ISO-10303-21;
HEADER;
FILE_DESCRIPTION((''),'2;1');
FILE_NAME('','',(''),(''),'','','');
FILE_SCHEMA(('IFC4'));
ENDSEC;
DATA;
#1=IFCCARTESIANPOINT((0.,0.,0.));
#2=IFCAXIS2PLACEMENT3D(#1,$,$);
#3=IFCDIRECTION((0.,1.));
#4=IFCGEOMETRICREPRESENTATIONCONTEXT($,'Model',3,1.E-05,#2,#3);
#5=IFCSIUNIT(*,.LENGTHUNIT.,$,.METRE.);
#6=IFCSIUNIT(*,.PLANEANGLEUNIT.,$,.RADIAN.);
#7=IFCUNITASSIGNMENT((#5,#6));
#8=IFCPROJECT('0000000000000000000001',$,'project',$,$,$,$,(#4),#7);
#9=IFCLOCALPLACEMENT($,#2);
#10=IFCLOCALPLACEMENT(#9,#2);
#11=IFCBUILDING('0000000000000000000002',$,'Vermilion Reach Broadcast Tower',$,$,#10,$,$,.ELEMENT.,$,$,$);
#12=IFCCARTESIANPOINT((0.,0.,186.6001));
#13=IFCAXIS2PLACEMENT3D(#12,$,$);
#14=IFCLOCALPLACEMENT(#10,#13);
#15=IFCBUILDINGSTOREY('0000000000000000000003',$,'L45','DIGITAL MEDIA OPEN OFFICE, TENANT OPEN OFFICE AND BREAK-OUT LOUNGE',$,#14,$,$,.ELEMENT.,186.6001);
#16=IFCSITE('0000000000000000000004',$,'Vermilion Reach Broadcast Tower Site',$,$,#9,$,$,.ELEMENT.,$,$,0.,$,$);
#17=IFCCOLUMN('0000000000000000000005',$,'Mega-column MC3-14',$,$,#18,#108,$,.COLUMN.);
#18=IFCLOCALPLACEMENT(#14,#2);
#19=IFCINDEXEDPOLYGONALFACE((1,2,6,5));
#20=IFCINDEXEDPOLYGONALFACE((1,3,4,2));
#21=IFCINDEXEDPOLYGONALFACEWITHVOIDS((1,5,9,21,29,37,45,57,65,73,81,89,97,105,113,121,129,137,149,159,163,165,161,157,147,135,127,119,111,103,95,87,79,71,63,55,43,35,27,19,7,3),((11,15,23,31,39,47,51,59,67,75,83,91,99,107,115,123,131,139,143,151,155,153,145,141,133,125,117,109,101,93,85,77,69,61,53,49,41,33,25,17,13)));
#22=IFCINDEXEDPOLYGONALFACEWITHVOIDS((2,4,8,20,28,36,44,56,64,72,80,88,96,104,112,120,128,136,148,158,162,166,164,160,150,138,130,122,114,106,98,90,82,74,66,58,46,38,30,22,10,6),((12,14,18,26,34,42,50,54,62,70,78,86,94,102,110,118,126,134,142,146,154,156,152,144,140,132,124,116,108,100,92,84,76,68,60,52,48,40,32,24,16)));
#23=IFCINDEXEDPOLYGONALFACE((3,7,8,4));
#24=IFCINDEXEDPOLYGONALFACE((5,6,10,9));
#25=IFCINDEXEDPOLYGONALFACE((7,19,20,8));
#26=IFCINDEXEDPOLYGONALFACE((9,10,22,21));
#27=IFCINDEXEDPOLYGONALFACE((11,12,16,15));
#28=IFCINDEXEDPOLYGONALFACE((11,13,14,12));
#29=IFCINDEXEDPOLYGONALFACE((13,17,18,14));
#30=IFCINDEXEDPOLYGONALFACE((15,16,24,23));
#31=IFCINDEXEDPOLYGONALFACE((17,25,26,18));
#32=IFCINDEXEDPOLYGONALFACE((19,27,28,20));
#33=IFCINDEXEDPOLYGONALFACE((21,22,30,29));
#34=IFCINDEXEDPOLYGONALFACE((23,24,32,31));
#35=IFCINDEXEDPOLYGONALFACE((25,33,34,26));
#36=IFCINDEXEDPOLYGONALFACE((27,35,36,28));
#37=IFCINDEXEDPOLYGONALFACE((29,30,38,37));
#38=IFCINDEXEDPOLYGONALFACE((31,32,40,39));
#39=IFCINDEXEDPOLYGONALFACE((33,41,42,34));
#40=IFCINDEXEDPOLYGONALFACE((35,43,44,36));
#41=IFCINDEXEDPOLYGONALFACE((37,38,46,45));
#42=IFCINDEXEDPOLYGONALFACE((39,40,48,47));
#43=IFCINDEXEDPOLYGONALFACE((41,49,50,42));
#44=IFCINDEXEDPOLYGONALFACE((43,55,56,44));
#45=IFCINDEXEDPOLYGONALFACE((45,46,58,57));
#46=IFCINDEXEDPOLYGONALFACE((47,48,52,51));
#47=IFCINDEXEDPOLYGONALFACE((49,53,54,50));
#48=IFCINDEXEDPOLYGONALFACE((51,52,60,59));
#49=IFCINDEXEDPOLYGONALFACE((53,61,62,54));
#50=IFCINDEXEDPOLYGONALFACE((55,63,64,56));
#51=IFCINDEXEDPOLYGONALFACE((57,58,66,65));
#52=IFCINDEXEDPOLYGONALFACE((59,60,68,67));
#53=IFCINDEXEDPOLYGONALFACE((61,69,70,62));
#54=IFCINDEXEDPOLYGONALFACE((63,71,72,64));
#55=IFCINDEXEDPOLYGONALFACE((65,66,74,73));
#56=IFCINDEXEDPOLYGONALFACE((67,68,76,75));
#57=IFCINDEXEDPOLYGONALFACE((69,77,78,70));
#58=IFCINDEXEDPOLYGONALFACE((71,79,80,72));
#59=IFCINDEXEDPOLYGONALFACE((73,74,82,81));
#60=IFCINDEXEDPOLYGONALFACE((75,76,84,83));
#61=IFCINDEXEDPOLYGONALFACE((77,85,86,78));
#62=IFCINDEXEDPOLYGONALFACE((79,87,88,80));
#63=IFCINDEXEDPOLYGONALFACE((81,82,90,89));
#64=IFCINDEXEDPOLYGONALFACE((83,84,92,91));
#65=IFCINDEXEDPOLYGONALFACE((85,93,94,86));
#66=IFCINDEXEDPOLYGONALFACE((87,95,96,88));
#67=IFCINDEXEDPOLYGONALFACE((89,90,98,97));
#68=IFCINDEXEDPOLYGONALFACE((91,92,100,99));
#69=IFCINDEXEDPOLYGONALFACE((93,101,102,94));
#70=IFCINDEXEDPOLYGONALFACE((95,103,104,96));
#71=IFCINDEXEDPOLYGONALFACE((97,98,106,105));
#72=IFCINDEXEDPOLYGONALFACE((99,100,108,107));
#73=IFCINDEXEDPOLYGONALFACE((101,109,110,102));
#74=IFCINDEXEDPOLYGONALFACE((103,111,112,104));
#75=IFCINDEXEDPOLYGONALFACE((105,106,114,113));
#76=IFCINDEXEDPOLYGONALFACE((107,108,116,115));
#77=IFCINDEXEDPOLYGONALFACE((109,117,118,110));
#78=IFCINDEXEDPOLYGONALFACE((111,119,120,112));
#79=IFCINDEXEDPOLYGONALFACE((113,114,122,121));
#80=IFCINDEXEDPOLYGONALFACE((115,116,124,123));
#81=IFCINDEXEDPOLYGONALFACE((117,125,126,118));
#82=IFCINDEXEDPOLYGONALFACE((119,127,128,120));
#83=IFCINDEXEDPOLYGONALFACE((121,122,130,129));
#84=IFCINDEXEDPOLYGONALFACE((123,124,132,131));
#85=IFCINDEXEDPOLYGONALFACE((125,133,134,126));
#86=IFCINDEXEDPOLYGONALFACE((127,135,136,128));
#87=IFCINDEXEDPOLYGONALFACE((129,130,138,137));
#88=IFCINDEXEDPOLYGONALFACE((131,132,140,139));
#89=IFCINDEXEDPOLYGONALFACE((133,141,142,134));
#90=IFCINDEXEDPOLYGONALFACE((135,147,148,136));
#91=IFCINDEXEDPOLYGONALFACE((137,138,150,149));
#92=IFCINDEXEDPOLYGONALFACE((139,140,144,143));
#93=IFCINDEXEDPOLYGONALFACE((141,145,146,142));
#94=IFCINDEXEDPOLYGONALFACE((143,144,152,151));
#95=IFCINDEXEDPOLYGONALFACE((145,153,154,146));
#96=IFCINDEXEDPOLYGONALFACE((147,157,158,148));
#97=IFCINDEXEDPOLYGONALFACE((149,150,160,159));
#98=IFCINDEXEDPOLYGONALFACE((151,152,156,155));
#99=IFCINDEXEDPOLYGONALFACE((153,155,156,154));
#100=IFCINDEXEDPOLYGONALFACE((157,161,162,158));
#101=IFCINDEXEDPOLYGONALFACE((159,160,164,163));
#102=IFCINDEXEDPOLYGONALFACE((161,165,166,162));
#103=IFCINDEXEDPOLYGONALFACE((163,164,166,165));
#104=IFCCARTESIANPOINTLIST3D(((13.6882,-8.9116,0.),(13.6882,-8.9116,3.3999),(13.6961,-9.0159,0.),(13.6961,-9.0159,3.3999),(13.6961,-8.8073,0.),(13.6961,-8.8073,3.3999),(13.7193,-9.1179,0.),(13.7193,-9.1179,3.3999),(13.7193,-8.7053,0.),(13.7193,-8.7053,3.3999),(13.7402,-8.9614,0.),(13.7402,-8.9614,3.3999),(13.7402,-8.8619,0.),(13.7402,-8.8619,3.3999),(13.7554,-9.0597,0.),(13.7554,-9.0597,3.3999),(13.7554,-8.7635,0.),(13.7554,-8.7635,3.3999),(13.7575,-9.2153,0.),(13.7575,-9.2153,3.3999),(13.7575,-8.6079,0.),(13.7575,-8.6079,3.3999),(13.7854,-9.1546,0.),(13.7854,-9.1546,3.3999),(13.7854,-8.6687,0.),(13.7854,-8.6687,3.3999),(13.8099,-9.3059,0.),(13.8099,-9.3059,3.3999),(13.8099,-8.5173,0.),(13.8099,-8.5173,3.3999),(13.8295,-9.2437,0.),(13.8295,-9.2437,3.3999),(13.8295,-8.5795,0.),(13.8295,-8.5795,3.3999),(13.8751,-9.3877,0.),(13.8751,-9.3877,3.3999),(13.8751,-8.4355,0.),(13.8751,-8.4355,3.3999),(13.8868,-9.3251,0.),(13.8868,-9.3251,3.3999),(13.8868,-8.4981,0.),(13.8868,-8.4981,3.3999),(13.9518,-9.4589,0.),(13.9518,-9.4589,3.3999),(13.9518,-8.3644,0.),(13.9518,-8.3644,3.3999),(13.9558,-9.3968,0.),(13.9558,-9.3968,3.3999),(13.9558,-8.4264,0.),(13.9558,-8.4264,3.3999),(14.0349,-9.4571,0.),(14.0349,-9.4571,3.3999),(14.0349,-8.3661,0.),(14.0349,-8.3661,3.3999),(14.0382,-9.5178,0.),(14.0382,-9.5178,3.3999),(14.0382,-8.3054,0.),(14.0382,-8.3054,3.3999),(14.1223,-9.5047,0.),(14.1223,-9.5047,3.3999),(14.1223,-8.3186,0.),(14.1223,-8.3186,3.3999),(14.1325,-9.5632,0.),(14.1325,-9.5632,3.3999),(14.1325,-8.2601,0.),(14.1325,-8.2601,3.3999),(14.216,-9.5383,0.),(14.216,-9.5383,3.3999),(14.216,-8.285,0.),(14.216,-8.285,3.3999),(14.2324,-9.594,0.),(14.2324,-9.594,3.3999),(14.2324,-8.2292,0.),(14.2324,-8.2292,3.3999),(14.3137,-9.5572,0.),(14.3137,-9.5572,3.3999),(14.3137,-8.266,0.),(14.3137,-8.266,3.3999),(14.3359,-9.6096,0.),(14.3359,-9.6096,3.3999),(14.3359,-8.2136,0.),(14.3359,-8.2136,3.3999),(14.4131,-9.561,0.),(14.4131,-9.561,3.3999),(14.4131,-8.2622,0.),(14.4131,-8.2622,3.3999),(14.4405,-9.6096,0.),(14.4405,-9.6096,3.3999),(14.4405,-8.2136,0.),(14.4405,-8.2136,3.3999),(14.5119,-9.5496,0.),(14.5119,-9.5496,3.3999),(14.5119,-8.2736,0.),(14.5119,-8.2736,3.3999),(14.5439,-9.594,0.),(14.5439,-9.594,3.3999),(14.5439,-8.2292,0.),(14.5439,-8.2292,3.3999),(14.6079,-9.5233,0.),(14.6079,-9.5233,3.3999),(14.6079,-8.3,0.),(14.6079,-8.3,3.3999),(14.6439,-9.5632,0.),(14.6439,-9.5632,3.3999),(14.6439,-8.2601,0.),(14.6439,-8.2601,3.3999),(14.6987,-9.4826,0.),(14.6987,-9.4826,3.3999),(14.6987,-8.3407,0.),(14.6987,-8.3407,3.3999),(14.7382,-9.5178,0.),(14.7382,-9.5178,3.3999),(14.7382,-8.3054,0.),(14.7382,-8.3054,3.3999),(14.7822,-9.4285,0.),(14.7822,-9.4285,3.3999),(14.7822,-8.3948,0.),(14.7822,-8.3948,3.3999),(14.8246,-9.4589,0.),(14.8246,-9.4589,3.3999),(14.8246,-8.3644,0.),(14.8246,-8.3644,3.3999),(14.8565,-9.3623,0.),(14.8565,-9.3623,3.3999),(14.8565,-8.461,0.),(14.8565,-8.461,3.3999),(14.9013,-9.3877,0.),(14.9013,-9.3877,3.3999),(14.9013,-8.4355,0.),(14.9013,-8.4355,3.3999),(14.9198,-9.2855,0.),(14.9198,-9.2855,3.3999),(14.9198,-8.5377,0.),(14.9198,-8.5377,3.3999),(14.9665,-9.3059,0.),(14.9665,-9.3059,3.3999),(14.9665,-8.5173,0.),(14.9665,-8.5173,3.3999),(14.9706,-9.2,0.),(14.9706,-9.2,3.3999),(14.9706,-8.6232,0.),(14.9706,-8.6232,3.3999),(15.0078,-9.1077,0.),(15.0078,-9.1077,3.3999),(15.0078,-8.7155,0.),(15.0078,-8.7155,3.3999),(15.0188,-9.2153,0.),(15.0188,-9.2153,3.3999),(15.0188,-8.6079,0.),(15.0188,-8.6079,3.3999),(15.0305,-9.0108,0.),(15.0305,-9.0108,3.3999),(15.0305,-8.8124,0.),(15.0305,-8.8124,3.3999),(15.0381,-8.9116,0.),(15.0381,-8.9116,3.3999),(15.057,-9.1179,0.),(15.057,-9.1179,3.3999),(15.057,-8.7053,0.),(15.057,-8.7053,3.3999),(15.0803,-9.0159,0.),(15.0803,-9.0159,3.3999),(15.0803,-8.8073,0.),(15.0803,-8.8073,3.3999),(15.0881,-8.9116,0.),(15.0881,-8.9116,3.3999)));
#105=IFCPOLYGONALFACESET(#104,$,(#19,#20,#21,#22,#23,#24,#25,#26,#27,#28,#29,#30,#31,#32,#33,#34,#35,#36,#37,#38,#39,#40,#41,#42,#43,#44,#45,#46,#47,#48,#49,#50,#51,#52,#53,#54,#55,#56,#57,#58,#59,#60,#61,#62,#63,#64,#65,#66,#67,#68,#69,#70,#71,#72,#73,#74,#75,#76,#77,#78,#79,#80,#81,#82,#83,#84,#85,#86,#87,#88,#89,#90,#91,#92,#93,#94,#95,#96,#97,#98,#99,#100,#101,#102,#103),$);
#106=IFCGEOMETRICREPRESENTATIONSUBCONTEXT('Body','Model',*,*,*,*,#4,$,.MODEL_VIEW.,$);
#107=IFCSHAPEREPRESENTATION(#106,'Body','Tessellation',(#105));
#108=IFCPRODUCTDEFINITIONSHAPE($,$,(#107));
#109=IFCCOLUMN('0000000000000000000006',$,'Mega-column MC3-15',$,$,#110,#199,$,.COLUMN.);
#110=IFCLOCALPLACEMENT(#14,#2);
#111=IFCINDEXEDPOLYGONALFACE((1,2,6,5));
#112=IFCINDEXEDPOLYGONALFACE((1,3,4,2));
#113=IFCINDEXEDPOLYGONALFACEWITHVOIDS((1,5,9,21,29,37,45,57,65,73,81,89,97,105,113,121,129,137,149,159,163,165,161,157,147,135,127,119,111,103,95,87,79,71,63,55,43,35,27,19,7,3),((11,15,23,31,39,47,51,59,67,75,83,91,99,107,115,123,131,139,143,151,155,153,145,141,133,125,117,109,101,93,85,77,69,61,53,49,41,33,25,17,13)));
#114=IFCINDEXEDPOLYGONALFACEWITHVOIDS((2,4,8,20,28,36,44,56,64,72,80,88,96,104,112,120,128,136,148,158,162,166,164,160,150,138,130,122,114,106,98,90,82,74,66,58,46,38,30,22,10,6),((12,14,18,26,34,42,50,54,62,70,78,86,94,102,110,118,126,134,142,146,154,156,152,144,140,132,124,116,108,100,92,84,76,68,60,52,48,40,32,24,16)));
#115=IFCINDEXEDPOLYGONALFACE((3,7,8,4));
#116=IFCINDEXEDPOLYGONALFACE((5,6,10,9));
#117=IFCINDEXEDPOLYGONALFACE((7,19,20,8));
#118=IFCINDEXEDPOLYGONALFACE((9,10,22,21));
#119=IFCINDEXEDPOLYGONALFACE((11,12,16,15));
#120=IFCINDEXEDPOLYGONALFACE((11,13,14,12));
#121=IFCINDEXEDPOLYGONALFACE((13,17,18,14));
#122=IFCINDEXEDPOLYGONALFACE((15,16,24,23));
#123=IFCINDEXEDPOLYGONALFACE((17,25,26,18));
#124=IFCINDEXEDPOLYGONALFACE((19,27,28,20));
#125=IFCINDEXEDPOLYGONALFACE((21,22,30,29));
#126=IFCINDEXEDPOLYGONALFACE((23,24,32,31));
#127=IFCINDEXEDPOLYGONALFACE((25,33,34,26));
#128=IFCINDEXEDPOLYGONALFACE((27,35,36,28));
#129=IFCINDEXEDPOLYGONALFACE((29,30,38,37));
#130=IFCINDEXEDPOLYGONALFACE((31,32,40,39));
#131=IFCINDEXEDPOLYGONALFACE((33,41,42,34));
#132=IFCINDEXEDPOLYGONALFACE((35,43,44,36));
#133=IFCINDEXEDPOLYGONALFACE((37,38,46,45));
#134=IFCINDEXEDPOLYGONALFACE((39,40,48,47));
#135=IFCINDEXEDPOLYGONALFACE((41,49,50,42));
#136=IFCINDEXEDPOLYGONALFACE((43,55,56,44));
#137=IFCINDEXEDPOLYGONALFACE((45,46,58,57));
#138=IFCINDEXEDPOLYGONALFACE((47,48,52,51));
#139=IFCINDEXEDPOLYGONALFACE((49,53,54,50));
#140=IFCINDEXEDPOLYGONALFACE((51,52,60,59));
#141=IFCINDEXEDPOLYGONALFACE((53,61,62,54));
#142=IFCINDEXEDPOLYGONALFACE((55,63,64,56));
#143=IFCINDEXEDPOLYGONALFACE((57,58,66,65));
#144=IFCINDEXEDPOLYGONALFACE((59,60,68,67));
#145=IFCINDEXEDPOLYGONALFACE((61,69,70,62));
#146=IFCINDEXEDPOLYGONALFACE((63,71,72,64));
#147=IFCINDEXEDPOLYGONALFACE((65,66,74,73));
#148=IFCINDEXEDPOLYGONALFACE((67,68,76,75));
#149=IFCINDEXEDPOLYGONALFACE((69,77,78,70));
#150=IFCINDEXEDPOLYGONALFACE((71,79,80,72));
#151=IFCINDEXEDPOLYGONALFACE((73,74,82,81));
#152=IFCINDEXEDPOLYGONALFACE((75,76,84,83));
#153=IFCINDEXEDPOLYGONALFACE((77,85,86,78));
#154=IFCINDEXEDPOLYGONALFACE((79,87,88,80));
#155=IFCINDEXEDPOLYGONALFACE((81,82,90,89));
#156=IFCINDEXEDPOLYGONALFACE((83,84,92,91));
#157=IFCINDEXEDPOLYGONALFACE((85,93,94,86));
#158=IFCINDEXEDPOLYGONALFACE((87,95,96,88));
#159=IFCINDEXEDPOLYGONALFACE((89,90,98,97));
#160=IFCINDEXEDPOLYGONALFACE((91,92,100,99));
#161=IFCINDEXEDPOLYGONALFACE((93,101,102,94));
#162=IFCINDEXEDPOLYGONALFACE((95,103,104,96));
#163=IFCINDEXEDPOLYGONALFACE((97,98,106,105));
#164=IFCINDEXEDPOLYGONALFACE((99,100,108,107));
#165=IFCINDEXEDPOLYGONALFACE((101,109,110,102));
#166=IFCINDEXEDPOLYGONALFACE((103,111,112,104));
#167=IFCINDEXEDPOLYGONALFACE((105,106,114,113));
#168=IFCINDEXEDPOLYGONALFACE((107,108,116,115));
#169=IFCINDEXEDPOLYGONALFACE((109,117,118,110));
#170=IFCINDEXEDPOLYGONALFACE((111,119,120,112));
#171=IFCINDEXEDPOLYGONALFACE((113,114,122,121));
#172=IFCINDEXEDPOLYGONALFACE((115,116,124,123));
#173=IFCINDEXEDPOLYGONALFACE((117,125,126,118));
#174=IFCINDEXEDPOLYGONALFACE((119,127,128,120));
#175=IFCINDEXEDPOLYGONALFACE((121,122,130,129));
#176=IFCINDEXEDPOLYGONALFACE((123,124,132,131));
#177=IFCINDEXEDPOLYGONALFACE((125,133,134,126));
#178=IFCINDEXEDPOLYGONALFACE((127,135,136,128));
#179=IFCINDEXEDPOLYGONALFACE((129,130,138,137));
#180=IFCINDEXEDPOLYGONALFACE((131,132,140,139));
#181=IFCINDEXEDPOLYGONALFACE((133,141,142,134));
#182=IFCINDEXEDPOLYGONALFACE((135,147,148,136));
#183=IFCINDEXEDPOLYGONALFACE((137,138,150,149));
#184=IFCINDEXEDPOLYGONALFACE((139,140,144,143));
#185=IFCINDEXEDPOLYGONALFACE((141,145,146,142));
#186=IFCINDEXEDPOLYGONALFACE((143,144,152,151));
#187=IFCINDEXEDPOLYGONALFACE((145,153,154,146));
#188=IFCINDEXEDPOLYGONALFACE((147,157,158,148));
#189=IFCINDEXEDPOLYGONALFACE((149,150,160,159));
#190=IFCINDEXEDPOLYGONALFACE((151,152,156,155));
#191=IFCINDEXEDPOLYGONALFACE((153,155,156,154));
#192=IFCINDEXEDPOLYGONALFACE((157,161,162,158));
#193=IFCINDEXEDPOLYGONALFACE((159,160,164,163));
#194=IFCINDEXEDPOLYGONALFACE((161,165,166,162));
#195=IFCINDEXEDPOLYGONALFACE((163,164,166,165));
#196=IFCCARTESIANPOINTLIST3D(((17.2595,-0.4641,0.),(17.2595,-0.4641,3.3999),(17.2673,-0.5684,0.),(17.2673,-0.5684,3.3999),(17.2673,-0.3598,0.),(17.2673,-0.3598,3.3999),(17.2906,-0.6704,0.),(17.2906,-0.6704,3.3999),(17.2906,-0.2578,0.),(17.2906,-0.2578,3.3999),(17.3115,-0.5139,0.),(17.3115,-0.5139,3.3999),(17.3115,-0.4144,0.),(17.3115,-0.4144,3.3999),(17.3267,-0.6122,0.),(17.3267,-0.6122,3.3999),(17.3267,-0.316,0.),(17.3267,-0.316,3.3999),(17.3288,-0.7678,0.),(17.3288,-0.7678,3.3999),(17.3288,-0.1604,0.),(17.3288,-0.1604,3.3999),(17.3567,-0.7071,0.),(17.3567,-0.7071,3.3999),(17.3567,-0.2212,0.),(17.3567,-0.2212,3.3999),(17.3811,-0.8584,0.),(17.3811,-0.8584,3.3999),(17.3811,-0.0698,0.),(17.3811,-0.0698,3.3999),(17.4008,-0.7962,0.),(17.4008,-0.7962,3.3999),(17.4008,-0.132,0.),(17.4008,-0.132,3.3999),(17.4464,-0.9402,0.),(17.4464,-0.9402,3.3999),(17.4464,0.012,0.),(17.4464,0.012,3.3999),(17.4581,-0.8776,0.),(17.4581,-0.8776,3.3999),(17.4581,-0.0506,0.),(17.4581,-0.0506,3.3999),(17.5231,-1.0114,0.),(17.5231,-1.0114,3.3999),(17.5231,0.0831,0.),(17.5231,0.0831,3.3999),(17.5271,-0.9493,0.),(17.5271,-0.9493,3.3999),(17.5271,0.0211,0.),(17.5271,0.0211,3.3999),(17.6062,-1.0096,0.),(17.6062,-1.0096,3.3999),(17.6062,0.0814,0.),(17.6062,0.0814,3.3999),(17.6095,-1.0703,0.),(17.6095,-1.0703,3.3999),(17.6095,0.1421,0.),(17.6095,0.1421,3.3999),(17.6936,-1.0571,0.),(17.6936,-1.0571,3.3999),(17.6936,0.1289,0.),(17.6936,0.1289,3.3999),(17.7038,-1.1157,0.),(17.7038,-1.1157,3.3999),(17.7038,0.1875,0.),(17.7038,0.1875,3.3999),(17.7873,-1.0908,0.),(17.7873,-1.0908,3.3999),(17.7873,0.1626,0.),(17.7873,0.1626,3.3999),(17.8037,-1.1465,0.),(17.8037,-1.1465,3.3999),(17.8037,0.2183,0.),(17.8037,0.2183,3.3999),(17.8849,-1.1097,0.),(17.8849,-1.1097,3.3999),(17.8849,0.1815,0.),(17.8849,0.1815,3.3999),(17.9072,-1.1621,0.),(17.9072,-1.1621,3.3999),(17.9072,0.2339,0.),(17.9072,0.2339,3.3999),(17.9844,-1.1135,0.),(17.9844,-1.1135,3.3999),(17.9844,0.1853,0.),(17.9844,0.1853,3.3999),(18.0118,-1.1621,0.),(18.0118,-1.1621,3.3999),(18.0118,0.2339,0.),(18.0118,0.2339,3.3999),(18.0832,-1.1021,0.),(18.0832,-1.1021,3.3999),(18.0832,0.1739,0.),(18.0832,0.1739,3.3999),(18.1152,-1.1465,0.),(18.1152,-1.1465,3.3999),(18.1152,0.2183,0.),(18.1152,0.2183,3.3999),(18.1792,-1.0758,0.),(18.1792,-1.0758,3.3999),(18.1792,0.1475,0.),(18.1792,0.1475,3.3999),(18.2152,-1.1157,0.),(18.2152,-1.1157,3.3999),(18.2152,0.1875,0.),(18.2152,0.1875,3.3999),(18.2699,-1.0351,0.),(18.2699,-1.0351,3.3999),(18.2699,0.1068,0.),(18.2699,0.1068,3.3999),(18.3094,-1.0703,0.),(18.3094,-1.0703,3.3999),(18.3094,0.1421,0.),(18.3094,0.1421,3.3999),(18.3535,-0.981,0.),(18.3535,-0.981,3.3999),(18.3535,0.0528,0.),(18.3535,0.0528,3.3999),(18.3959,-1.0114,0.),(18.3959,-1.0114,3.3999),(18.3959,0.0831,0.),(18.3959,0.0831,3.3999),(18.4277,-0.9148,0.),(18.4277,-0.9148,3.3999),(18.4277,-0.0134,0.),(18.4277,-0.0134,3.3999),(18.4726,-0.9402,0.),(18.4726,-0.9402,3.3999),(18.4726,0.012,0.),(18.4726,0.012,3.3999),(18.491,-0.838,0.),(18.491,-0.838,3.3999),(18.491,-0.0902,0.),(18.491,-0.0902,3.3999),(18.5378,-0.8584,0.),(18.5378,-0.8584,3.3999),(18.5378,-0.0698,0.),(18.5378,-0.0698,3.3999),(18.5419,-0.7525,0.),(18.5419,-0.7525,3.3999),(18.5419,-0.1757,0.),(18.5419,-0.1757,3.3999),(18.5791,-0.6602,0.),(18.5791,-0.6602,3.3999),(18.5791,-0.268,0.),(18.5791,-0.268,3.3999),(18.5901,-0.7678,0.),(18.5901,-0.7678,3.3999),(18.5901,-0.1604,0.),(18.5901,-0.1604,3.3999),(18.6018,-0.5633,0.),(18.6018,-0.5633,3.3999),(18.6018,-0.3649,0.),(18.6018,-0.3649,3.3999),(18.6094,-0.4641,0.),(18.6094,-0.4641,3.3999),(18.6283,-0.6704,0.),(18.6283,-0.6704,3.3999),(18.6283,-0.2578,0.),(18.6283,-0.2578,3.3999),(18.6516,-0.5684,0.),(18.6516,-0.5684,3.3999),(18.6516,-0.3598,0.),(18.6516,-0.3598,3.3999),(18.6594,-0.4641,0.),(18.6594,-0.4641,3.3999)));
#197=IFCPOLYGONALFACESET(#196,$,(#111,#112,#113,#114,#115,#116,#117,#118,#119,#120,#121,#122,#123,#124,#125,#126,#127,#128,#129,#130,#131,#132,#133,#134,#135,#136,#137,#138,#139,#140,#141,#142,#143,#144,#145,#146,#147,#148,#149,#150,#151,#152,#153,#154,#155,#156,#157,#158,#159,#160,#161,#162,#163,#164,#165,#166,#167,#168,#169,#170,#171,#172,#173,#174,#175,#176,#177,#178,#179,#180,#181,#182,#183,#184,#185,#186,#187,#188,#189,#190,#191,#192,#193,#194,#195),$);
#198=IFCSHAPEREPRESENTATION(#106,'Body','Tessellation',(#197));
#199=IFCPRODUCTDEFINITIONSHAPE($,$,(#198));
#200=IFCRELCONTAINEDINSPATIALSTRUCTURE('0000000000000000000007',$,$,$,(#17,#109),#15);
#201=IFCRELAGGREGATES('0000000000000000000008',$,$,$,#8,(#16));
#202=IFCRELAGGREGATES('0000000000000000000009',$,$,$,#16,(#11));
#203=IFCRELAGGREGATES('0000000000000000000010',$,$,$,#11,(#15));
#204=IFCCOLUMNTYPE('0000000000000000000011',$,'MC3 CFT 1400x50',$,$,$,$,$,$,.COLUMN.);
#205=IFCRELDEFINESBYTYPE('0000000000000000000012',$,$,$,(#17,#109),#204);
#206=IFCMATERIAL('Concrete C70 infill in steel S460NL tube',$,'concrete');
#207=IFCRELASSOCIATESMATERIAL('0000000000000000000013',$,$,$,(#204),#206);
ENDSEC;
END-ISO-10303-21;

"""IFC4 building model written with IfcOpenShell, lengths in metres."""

from ifc_helpers import new_model, si_unit, direction, frame, origin, origin_2d, place, context, subcontext, project, spatial, hollow_circle, extrude, material, material_profile, profile_set, type_object, element, save


model = new_model("IFC4")

# Units and contexts
model_context = context("Model", 3, precision=1e-05, world=origin(), true_north=direction((0.0, 1.0)))
body_context = subcontext(model_context, "Body", "Model", "MODEL_VIEW")
ifc_project = project(units=[si_unit("LENGTHUNIT", "METRE"), si_unit("PLANEANGLEUNIT", "RADIAN")], contexts=[model_context])

# Site, building, storey
site_placement = place(None, origin())
site = spatial("IfcSite", under=ifc_project, at=site_placement, Name="Vermilion Reach Broadcast Tower Site", CompositionType="ELEMENT", RefElevation=0.0)
building_placement = place(site_placement, origin())
building = spatial("IfcBuilding", under=site, at=building_placement, Name="Vermilion Reach Broadcast Tower", CompositionType="ELEMENT")
storey_placement = place(building_placement, frame((0.0, 0.0, 186.6001)))
storey = spatial("IfcBuildingStorey", under=building, at=storey_placement, Name="L45", Description="DIGITAL MEDIA OPEN OFFICE, TENANT OPEN OFFICE AND BREAK-OUT LOUNGE", CompositionType="ELEMENT", Elevation=186.6001)

# Columns
ifc_material_1 = material(Name="Concrete C70 infill in steel S460NL tube", Category="concrete")
ifc_material_profile_1 = material_profile(ifc_material_1, hollow_circle(Radius=0.7, WallThickness=0.05, at=origin_2d()), Name="Concrete C70 infill in steel S460NL tube CFT 1400x50")
ifc_profile_set_1 = profile_set([ifc_material_profile_1], Name="Concrete C70 infill in steel S460NL tube")
column_type = type_object("IfcColumnType", Name="MC3 CFT 1400x50", PredefinedType="COLUMN", material=ifc_profile_set_1)
for number, where, z_axis, x_axis, name in (
    (1, (14.3882, -8.9116, 0.0), (0.0, 0.0, 1.0), (1.0, 0.0, 0.0), "Mega-column MC3-14"),
    (2, (17.9595, -0.4641, 0.0), (0.0, 0.0, 1.0), (1.0, 0.0, 0.0), "Mega-column MC3-15"),
):
    element("IfcColumn", number, at=place(storey_placement, frame(where, z_axis=z_axis, x_axis=x_axis)), inside=storey, type_object=column_type, Name=name, PredefinedType="COLUMN", context=body_context, shape_type="SweptSolid", body=[
        extrude(hollow_circle(Radius=0.7, WallThickness=0.05, at=origin_2d()), origin(), (0.0, 0.0, 1.0), 3.3999),
    ])

save(model, "model.ifc")
